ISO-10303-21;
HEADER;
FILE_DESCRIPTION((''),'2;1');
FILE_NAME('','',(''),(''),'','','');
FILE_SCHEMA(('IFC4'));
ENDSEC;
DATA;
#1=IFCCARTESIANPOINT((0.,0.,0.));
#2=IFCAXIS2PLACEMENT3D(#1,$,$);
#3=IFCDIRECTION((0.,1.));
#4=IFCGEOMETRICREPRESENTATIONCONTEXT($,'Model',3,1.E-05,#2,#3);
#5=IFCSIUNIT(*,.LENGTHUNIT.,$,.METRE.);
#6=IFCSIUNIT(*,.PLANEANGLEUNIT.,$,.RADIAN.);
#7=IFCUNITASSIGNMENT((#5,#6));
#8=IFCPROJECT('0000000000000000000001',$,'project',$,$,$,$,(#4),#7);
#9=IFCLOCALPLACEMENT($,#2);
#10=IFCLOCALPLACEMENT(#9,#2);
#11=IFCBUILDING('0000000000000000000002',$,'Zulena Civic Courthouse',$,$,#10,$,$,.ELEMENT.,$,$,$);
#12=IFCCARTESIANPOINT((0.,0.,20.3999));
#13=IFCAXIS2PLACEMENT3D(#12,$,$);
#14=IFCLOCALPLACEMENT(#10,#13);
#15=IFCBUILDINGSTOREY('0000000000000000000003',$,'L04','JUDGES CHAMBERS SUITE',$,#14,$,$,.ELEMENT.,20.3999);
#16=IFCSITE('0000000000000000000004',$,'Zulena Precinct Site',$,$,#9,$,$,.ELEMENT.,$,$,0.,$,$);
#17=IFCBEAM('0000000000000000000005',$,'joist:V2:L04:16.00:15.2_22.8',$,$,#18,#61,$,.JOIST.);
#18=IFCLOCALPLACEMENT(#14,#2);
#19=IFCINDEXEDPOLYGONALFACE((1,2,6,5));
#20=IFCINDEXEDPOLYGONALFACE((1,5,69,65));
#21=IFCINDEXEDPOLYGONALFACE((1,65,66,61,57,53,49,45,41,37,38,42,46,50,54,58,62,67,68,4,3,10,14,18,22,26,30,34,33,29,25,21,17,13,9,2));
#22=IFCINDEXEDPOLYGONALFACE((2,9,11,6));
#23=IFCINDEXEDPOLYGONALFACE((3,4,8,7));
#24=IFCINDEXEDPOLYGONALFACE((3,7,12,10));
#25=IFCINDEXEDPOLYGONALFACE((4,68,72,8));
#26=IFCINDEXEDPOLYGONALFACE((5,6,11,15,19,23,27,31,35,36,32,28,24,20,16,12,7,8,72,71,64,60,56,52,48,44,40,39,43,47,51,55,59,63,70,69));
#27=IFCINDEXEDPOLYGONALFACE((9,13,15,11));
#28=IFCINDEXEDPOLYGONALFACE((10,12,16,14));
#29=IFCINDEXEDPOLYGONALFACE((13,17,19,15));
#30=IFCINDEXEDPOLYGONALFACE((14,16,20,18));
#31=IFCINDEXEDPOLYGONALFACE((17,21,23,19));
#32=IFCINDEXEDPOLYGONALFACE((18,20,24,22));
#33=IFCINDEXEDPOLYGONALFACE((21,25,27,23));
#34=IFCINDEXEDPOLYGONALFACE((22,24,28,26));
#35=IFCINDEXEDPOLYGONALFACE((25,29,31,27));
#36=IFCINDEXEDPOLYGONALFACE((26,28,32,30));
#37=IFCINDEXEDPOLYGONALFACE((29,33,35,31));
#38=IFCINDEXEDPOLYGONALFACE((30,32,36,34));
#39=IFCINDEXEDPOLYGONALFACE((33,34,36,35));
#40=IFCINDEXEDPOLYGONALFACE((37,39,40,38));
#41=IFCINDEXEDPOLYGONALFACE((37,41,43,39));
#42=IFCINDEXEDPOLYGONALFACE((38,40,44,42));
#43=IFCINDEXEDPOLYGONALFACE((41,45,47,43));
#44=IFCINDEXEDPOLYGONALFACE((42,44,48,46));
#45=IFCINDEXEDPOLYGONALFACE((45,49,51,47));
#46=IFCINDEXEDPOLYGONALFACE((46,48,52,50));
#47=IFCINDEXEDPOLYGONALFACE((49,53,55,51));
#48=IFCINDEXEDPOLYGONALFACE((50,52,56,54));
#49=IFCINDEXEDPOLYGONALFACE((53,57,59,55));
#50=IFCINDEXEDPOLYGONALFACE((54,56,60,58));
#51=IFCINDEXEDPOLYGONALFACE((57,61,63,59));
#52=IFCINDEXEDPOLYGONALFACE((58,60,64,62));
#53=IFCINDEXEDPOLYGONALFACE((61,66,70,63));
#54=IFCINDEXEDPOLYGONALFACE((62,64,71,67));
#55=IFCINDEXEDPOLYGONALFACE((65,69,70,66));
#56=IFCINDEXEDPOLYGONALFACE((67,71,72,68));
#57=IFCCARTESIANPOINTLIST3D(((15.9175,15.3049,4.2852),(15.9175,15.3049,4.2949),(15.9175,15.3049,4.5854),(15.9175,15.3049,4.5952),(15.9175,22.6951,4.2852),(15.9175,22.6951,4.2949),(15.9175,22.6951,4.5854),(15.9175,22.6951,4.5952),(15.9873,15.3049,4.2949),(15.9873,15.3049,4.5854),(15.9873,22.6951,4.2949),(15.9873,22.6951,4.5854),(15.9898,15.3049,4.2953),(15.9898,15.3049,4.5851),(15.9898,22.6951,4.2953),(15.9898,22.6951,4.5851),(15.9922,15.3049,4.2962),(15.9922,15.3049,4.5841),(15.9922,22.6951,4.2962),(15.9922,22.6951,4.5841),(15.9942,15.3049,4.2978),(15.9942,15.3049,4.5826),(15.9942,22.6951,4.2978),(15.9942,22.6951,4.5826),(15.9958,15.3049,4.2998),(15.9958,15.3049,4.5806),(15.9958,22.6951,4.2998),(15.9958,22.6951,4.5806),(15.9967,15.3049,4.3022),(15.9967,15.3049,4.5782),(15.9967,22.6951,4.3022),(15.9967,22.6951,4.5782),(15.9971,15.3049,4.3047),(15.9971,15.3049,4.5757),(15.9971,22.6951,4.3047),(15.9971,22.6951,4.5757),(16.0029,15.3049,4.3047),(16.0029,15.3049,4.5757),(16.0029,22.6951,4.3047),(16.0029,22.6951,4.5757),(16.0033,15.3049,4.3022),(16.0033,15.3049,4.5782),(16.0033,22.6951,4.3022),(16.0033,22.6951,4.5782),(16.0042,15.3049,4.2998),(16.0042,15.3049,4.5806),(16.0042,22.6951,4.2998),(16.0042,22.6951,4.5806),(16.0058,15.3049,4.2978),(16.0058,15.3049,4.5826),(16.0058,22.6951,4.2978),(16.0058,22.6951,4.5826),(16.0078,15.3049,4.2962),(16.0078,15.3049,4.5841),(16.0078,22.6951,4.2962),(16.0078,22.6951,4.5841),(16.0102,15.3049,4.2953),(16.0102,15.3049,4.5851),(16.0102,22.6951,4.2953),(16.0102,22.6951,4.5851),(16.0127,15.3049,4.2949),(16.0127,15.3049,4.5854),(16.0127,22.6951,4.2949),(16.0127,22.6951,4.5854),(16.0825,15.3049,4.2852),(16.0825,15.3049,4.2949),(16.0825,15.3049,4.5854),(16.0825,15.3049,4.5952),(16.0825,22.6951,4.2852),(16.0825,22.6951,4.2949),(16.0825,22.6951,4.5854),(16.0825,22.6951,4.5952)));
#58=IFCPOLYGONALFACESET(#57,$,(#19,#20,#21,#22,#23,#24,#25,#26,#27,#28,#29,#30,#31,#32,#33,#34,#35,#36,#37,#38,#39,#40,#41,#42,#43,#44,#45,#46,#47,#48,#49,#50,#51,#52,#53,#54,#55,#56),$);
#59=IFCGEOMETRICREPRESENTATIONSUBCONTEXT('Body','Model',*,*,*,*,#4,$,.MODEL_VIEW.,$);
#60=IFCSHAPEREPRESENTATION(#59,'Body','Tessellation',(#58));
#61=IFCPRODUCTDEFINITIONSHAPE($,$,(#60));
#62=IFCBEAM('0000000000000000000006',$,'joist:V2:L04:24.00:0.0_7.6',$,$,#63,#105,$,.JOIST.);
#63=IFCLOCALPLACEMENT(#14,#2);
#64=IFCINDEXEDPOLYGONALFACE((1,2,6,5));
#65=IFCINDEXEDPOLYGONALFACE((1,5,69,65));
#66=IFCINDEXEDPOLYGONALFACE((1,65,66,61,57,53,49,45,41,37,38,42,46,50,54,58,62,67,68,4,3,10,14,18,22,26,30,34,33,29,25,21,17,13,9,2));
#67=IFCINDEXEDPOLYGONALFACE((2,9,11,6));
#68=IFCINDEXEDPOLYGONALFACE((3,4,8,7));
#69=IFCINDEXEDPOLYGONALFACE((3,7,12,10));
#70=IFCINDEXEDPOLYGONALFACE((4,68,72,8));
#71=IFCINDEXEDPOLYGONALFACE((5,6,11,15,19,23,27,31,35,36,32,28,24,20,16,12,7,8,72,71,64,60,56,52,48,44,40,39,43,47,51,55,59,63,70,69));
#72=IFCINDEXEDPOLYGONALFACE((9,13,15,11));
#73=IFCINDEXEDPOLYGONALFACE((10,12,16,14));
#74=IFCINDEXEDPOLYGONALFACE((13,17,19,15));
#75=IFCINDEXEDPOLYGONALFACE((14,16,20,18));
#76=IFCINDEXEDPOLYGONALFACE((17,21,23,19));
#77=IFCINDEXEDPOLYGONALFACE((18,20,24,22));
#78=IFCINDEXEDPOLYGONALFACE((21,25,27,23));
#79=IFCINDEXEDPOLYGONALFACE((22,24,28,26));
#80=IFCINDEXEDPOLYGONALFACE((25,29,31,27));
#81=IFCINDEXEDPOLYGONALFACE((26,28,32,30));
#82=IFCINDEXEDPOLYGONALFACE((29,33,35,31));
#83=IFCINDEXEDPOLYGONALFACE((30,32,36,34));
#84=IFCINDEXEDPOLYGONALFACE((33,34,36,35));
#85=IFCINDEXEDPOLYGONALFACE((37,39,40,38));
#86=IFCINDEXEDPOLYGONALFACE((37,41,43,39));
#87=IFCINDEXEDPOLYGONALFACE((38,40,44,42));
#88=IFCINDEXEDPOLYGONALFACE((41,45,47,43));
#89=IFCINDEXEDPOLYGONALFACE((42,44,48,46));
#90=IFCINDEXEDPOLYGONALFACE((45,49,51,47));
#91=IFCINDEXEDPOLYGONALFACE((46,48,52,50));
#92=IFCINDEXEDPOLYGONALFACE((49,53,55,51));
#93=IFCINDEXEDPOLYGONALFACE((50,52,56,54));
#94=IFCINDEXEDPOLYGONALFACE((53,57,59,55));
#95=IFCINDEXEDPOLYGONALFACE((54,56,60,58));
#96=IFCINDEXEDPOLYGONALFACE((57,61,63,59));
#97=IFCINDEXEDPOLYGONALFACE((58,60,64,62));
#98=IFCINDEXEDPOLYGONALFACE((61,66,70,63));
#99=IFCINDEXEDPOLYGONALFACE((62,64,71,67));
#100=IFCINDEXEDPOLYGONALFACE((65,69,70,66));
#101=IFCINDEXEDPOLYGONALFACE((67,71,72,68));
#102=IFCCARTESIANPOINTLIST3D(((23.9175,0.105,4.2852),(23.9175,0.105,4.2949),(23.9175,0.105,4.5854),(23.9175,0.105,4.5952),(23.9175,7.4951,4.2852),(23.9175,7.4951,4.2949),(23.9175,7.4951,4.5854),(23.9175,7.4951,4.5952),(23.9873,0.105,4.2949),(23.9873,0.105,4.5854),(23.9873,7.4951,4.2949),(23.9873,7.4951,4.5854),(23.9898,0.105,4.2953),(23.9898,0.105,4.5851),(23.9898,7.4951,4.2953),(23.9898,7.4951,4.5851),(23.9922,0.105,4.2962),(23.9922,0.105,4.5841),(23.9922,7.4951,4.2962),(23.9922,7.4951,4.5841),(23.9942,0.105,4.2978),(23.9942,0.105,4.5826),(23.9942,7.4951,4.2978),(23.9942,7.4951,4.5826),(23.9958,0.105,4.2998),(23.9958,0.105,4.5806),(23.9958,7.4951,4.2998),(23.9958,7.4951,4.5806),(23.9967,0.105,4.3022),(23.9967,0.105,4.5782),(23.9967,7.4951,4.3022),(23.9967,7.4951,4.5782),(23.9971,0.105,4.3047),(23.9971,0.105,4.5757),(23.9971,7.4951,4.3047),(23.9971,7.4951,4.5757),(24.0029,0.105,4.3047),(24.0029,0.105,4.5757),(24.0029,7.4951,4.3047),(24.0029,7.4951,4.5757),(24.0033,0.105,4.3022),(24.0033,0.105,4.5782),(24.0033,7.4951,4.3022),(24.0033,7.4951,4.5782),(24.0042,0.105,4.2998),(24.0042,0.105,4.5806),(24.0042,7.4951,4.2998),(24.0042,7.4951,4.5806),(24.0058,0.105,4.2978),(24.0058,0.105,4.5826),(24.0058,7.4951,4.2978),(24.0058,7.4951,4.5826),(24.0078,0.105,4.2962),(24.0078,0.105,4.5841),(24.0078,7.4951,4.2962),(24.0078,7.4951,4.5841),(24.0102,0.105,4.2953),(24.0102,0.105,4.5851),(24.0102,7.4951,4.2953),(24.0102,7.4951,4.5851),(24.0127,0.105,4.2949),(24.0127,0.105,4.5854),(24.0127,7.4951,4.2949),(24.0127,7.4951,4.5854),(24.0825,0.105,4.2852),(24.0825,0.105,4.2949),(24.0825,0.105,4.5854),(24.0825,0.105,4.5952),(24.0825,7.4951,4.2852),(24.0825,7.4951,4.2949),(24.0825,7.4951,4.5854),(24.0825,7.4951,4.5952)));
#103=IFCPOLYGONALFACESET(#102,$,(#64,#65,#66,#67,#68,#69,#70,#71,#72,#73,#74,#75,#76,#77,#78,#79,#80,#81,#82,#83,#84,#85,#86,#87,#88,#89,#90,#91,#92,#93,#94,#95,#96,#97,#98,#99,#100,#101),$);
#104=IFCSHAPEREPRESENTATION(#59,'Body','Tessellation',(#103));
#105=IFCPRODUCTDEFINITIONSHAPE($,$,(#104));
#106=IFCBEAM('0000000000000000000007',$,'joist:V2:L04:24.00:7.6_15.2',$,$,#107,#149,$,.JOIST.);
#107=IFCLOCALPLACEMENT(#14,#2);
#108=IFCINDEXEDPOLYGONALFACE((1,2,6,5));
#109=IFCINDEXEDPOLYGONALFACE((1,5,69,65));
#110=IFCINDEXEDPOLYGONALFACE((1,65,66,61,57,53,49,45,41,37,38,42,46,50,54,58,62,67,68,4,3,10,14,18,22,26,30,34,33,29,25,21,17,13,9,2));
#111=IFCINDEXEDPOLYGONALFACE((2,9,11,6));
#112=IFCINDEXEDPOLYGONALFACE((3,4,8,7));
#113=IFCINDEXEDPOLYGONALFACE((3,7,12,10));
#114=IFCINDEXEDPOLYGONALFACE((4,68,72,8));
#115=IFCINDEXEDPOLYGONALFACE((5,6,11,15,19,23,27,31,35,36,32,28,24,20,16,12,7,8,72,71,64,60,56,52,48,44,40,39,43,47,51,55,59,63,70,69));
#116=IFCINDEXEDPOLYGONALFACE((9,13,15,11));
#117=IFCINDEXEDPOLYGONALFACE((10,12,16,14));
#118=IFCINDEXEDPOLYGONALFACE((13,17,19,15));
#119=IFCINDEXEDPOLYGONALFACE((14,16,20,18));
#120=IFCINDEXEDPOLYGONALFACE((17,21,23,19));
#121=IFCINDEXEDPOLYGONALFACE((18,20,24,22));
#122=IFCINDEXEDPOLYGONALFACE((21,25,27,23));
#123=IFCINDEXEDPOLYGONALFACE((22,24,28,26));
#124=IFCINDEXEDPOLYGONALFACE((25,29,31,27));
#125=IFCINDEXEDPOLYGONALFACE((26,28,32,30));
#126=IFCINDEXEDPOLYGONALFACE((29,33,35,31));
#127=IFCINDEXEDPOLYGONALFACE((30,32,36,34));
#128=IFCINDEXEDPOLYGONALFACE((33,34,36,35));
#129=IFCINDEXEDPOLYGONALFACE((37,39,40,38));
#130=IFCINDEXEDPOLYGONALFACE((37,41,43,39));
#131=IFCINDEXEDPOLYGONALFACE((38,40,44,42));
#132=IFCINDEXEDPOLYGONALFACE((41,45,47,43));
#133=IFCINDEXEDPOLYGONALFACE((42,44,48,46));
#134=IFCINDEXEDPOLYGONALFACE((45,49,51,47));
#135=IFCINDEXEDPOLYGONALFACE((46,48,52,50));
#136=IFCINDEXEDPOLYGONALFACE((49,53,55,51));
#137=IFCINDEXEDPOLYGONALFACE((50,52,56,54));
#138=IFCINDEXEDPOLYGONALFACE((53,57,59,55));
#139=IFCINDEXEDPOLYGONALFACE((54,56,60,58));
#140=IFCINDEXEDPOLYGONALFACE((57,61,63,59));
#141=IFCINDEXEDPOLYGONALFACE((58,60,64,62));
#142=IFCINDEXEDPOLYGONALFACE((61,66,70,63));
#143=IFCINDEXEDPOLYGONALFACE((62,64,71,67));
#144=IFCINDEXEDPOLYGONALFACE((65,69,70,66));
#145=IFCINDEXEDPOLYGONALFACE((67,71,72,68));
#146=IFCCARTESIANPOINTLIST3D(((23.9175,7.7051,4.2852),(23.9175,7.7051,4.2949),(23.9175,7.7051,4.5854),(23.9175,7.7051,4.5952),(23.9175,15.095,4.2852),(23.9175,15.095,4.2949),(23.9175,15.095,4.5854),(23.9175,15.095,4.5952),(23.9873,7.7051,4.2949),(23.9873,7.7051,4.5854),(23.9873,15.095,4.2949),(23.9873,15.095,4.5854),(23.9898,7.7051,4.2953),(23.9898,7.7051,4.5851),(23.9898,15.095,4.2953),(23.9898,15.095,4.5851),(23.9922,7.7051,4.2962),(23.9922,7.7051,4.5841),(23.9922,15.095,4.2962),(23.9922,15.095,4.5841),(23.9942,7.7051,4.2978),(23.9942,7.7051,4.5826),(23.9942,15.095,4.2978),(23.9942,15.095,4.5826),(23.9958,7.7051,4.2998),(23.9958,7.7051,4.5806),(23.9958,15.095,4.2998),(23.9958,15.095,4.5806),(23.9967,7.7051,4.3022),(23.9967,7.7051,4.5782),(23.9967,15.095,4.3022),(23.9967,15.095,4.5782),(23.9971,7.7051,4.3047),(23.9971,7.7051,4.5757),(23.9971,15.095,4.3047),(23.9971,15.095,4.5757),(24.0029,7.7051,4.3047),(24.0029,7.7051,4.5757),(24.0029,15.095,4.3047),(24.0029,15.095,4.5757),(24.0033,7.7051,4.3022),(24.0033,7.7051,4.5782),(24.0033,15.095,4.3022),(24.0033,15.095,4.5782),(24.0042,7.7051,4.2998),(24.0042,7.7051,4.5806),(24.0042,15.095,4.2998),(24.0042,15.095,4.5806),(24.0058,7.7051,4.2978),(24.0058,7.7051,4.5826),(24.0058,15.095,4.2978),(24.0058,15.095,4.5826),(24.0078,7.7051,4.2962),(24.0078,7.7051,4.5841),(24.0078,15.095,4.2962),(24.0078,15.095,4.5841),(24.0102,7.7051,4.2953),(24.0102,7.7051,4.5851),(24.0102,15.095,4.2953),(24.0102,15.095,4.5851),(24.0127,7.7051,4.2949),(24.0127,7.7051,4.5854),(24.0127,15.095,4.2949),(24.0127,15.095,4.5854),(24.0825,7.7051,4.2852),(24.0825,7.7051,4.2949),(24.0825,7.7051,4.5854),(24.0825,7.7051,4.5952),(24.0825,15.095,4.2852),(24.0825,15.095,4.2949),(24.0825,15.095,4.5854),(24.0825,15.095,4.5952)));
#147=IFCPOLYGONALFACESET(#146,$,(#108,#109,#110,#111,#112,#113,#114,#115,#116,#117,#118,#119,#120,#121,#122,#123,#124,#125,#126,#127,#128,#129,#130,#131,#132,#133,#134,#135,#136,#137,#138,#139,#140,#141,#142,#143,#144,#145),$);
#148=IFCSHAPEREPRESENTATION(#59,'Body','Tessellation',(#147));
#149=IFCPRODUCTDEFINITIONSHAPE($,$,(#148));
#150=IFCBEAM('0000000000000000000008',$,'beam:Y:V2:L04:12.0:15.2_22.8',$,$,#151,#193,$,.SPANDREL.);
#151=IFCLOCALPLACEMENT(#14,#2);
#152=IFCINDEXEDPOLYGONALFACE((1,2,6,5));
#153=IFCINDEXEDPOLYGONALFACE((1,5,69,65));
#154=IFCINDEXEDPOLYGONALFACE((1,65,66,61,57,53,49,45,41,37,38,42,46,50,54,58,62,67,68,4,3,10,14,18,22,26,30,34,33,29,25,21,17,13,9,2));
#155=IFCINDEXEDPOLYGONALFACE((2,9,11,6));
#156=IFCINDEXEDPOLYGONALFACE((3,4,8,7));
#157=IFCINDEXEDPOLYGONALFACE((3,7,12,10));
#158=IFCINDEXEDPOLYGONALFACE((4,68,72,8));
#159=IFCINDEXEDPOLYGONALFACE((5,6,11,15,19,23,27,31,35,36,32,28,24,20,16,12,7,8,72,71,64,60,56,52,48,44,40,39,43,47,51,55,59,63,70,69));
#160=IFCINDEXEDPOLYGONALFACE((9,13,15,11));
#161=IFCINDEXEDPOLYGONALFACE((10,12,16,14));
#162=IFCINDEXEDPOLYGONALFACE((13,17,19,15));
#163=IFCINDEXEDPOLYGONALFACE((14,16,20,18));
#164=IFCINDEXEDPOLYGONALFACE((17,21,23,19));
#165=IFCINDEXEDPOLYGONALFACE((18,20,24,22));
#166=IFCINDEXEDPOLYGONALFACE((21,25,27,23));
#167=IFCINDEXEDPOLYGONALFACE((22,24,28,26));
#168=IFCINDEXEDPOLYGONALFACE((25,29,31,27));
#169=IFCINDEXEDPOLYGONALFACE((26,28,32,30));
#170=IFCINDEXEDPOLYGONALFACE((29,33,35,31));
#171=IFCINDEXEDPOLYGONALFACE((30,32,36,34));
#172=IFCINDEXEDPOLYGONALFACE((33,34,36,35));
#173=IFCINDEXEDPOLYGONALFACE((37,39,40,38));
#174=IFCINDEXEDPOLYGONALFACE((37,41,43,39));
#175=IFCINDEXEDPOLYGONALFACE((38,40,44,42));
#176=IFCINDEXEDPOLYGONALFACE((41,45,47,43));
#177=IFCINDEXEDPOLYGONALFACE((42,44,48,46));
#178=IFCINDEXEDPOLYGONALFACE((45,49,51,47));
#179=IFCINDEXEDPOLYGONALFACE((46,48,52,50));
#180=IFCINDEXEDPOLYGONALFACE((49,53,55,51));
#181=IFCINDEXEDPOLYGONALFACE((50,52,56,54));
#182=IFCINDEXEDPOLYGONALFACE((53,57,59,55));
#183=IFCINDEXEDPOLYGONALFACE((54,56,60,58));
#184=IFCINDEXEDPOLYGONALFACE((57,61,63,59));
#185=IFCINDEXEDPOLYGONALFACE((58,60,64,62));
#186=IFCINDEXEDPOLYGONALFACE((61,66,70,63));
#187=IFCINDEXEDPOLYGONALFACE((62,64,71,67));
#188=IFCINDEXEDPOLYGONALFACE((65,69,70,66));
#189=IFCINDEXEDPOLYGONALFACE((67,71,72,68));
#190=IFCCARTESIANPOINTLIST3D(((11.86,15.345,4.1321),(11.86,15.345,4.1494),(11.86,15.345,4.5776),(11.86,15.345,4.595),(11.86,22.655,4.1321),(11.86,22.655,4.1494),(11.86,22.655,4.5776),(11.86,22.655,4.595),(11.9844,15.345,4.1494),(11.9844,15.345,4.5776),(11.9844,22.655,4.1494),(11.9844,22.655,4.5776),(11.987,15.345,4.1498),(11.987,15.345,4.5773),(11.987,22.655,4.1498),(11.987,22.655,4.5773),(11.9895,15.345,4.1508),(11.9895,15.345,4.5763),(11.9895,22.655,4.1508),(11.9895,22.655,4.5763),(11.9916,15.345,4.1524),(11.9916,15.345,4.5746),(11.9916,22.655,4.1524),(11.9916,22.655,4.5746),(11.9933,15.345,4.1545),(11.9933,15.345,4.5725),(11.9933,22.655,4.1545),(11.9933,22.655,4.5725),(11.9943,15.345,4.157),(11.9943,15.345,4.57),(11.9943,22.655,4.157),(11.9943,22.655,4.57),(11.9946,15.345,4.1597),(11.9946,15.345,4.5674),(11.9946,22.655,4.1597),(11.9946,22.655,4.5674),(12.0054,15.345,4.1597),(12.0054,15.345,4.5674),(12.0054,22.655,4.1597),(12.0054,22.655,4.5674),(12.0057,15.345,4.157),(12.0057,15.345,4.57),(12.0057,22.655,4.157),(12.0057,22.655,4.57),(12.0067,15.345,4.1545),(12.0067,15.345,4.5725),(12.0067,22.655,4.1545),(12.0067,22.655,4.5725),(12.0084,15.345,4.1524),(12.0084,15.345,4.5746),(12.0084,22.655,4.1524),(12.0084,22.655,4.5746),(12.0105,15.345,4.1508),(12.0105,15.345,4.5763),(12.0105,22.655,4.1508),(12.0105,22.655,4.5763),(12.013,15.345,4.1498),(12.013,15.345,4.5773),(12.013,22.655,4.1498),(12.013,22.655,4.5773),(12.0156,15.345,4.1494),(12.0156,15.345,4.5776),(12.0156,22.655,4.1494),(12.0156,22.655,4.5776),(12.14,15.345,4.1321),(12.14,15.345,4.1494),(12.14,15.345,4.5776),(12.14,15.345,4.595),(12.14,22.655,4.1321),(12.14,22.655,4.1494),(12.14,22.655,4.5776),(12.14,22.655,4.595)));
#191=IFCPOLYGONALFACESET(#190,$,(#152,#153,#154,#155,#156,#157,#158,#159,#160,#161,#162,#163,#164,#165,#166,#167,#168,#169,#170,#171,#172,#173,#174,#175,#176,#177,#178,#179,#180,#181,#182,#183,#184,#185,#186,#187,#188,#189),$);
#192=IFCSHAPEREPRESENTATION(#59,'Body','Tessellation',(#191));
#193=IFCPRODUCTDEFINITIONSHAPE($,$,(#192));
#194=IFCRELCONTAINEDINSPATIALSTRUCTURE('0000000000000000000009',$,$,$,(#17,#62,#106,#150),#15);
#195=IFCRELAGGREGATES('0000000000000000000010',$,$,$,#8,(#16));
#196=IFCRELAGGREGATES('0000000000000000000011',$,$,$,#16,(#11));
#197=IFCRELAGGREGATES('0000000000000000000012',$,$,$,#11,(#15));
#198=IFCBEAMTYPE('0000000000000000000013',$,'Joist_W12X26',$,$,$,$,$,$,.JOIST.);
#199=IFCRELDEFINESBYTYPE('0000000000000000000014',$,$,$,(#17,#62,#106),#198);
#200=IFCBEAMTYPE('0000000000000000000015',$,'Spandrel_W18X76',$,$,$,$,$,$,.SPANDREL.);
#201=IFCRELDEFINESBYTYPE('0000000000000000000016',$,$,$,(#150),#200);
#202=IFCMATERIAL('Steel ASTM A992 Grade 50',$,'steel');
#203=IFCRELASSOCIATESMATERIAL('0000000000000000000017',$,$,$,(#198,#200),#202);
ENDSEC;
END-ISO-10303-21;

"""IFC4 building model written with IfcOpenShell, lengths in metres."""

from ifc_helpers import new_model, si_unit, direction, frame, origin, origin_2d, place, context, subcontext, project, spatial, i_section, extrude, material, material_profile, profile_set, type_object, element, save


model = new_model("IFC4")

# Units and contexts
model_context = context("Model", 3, precision=1e-05, world=origin(), true_north=direction((0.0, 1.0)))
body_context = subcontext(model_context, "Body", "Model", "MODEL_VIEW")
ifc_project = project(units=[si_unit("LENGTHUNIT", "METRE"), si_unit("PLANEANGLEUNIT", "RADIAN")], contexts=[model_context])

# Site, building, storey
site_placement = place(None, origin())
site = spatial("IfcSite", under=ifc_project, at=site_placement, Name="Zulena Precinct Site", CompositionType="ELEMENT", RefElevation=0.0)
building_placement = place(site_placement, origin())
building = spatial("IfcBuilding", under=site, at=building_placement, Name="Zulena Civic Courthouse", CompositionType="ELEMENT")
storey_placement = place(building_placement, frame((0.0, 0.0, 20.3999)))
storey = spatial("IfcBuildingStorey", under=building, at=storey_placement, Name="L04", Description="JUDGES CHAMBERS SUITE", CompositionType="ELEMENT", Elevation=20.3999)

# Shared definitions
ifc_material_1 = material(Name="Steel ASTM A992 Grade 50", Category="steel")

# Beams
ifc_material_profile_1 = material_profile(ifc_material_1, i_section(OverallWidth=0.165, OverallDepth=0.3101, WebThickness=0.0059, FlangeThickness=0.0098, FilletRadius=0.0098, at=origin_2d()), Name="W12X26")
ifc_profile_set_1 = profile_set([ifc_material_profile_1], Name="Steel ASTM A992 Grade 50")
beam_type_1 = type_object("IfcBeamType", Name="Joist_W12X26", PredefinedType="JOIST", material=ifc_profile_set_1)
for number, where, z_axis, x_axis, name in (
    (1, (16.0, 15.3049, 4.4402), (0.0, 1.0, 0.0), (-1.0, 0.0, 0.0), "joist:V2:L04:16.00:15.2_22.8"),
    (2, (24.0, 0.105, 4.4402), (0.0, 1.0, 0.0), (-1.0, 0.0, 0.0), "joist:V2:L04:24.00:0.0_7.6"),
):
    element("IfcBeam", number, at=place(storey_placement, frame(where, z_axis=z_axis, x_axis=x_axis)), inside=storey, type_object=beam_type_1, Name=name, PredefinedType="JOIST", context=body_context, shape_type="SweptSolid", body=[
        extrude(i_section(OverallWidth=0.165, OverallDepth=0.3101, WebThickness=0.0059, FlangeThickness=0.0098, FilletRadius=0.0098, at=origin_2d()), origin(), (0.0, 0.0, 1.0), 7.3901),
    ])
beam_1_placement = place(storey_placement, frame((24.0, 7.7051, 4.4402), z_axis=(0.0, 1.0, 0.0), x_axis=(-1.0, 0.0, 0.0)))
element("IfcBeam", 3, at=beam_1_placement, inside=storey, type_object=beam_type_1, Name="joist:V2:L04:24.00:7.6_15.2", PredefinedType="JOIST", context=body_context, shape_type="SweptSolid", body=[
    extrude(i_section(OverallWidth=0.165, OverallDepth=0.3101, WebThickness=0.0059, FlangeThickness=0.0098, FilletRadius=0.0098, at=origin_2d()), origin(), (0.0, 0.0, 1.0), 7.3899),
])
ifc_material_profile_2 = material_profile(ifc_material_1, i_section(OverallWidth=0.28, OverallDepth=0.4629, WebThickness=0.0107, FlangeThickness=0.0173, FilletRadius=0.0103, at=origin_2d()), Name="W18X76")
ifc_profile_set_2 = profile_set([ifc_material_profile_2], Name="Steel ASTM A992 Grade 50")
beam_type_2 = type_object("IfcBeamType", Name="Spandrel_W18X76", PredefinedType="SPANDREL", material=ifc_profile_set_2)
for number, where, z_axis, x_axis, name in (
    (4, (12.0, 15.345, 4.3635), (0.0, 1.0, 0.0), (-1.0, 0.0, 0.0), "beam:Y:V2:L04:12.0:15.2_22.8"),
):
    element("IfcBeam", number, at=place(storey_placement, frame(where, z_axis=z_axis, x_axis=x_axis)), inside=storey, type_object=beam_type_2, Name=name, PredefinedType="SPANDREL", context=body_context, shape_type="SweptSolid", body=[
        extrude(i_section(OverallWidth=0.28, OverallDepth=0.4629, WebThickness=0.0107, FlangeThickness=0.0173, FilletRadius=0.0103, at=origin_2d()), origin(), (0.0, 0.0, 1.0), 7.3101),
    ])

save(model, "model.ifc")
